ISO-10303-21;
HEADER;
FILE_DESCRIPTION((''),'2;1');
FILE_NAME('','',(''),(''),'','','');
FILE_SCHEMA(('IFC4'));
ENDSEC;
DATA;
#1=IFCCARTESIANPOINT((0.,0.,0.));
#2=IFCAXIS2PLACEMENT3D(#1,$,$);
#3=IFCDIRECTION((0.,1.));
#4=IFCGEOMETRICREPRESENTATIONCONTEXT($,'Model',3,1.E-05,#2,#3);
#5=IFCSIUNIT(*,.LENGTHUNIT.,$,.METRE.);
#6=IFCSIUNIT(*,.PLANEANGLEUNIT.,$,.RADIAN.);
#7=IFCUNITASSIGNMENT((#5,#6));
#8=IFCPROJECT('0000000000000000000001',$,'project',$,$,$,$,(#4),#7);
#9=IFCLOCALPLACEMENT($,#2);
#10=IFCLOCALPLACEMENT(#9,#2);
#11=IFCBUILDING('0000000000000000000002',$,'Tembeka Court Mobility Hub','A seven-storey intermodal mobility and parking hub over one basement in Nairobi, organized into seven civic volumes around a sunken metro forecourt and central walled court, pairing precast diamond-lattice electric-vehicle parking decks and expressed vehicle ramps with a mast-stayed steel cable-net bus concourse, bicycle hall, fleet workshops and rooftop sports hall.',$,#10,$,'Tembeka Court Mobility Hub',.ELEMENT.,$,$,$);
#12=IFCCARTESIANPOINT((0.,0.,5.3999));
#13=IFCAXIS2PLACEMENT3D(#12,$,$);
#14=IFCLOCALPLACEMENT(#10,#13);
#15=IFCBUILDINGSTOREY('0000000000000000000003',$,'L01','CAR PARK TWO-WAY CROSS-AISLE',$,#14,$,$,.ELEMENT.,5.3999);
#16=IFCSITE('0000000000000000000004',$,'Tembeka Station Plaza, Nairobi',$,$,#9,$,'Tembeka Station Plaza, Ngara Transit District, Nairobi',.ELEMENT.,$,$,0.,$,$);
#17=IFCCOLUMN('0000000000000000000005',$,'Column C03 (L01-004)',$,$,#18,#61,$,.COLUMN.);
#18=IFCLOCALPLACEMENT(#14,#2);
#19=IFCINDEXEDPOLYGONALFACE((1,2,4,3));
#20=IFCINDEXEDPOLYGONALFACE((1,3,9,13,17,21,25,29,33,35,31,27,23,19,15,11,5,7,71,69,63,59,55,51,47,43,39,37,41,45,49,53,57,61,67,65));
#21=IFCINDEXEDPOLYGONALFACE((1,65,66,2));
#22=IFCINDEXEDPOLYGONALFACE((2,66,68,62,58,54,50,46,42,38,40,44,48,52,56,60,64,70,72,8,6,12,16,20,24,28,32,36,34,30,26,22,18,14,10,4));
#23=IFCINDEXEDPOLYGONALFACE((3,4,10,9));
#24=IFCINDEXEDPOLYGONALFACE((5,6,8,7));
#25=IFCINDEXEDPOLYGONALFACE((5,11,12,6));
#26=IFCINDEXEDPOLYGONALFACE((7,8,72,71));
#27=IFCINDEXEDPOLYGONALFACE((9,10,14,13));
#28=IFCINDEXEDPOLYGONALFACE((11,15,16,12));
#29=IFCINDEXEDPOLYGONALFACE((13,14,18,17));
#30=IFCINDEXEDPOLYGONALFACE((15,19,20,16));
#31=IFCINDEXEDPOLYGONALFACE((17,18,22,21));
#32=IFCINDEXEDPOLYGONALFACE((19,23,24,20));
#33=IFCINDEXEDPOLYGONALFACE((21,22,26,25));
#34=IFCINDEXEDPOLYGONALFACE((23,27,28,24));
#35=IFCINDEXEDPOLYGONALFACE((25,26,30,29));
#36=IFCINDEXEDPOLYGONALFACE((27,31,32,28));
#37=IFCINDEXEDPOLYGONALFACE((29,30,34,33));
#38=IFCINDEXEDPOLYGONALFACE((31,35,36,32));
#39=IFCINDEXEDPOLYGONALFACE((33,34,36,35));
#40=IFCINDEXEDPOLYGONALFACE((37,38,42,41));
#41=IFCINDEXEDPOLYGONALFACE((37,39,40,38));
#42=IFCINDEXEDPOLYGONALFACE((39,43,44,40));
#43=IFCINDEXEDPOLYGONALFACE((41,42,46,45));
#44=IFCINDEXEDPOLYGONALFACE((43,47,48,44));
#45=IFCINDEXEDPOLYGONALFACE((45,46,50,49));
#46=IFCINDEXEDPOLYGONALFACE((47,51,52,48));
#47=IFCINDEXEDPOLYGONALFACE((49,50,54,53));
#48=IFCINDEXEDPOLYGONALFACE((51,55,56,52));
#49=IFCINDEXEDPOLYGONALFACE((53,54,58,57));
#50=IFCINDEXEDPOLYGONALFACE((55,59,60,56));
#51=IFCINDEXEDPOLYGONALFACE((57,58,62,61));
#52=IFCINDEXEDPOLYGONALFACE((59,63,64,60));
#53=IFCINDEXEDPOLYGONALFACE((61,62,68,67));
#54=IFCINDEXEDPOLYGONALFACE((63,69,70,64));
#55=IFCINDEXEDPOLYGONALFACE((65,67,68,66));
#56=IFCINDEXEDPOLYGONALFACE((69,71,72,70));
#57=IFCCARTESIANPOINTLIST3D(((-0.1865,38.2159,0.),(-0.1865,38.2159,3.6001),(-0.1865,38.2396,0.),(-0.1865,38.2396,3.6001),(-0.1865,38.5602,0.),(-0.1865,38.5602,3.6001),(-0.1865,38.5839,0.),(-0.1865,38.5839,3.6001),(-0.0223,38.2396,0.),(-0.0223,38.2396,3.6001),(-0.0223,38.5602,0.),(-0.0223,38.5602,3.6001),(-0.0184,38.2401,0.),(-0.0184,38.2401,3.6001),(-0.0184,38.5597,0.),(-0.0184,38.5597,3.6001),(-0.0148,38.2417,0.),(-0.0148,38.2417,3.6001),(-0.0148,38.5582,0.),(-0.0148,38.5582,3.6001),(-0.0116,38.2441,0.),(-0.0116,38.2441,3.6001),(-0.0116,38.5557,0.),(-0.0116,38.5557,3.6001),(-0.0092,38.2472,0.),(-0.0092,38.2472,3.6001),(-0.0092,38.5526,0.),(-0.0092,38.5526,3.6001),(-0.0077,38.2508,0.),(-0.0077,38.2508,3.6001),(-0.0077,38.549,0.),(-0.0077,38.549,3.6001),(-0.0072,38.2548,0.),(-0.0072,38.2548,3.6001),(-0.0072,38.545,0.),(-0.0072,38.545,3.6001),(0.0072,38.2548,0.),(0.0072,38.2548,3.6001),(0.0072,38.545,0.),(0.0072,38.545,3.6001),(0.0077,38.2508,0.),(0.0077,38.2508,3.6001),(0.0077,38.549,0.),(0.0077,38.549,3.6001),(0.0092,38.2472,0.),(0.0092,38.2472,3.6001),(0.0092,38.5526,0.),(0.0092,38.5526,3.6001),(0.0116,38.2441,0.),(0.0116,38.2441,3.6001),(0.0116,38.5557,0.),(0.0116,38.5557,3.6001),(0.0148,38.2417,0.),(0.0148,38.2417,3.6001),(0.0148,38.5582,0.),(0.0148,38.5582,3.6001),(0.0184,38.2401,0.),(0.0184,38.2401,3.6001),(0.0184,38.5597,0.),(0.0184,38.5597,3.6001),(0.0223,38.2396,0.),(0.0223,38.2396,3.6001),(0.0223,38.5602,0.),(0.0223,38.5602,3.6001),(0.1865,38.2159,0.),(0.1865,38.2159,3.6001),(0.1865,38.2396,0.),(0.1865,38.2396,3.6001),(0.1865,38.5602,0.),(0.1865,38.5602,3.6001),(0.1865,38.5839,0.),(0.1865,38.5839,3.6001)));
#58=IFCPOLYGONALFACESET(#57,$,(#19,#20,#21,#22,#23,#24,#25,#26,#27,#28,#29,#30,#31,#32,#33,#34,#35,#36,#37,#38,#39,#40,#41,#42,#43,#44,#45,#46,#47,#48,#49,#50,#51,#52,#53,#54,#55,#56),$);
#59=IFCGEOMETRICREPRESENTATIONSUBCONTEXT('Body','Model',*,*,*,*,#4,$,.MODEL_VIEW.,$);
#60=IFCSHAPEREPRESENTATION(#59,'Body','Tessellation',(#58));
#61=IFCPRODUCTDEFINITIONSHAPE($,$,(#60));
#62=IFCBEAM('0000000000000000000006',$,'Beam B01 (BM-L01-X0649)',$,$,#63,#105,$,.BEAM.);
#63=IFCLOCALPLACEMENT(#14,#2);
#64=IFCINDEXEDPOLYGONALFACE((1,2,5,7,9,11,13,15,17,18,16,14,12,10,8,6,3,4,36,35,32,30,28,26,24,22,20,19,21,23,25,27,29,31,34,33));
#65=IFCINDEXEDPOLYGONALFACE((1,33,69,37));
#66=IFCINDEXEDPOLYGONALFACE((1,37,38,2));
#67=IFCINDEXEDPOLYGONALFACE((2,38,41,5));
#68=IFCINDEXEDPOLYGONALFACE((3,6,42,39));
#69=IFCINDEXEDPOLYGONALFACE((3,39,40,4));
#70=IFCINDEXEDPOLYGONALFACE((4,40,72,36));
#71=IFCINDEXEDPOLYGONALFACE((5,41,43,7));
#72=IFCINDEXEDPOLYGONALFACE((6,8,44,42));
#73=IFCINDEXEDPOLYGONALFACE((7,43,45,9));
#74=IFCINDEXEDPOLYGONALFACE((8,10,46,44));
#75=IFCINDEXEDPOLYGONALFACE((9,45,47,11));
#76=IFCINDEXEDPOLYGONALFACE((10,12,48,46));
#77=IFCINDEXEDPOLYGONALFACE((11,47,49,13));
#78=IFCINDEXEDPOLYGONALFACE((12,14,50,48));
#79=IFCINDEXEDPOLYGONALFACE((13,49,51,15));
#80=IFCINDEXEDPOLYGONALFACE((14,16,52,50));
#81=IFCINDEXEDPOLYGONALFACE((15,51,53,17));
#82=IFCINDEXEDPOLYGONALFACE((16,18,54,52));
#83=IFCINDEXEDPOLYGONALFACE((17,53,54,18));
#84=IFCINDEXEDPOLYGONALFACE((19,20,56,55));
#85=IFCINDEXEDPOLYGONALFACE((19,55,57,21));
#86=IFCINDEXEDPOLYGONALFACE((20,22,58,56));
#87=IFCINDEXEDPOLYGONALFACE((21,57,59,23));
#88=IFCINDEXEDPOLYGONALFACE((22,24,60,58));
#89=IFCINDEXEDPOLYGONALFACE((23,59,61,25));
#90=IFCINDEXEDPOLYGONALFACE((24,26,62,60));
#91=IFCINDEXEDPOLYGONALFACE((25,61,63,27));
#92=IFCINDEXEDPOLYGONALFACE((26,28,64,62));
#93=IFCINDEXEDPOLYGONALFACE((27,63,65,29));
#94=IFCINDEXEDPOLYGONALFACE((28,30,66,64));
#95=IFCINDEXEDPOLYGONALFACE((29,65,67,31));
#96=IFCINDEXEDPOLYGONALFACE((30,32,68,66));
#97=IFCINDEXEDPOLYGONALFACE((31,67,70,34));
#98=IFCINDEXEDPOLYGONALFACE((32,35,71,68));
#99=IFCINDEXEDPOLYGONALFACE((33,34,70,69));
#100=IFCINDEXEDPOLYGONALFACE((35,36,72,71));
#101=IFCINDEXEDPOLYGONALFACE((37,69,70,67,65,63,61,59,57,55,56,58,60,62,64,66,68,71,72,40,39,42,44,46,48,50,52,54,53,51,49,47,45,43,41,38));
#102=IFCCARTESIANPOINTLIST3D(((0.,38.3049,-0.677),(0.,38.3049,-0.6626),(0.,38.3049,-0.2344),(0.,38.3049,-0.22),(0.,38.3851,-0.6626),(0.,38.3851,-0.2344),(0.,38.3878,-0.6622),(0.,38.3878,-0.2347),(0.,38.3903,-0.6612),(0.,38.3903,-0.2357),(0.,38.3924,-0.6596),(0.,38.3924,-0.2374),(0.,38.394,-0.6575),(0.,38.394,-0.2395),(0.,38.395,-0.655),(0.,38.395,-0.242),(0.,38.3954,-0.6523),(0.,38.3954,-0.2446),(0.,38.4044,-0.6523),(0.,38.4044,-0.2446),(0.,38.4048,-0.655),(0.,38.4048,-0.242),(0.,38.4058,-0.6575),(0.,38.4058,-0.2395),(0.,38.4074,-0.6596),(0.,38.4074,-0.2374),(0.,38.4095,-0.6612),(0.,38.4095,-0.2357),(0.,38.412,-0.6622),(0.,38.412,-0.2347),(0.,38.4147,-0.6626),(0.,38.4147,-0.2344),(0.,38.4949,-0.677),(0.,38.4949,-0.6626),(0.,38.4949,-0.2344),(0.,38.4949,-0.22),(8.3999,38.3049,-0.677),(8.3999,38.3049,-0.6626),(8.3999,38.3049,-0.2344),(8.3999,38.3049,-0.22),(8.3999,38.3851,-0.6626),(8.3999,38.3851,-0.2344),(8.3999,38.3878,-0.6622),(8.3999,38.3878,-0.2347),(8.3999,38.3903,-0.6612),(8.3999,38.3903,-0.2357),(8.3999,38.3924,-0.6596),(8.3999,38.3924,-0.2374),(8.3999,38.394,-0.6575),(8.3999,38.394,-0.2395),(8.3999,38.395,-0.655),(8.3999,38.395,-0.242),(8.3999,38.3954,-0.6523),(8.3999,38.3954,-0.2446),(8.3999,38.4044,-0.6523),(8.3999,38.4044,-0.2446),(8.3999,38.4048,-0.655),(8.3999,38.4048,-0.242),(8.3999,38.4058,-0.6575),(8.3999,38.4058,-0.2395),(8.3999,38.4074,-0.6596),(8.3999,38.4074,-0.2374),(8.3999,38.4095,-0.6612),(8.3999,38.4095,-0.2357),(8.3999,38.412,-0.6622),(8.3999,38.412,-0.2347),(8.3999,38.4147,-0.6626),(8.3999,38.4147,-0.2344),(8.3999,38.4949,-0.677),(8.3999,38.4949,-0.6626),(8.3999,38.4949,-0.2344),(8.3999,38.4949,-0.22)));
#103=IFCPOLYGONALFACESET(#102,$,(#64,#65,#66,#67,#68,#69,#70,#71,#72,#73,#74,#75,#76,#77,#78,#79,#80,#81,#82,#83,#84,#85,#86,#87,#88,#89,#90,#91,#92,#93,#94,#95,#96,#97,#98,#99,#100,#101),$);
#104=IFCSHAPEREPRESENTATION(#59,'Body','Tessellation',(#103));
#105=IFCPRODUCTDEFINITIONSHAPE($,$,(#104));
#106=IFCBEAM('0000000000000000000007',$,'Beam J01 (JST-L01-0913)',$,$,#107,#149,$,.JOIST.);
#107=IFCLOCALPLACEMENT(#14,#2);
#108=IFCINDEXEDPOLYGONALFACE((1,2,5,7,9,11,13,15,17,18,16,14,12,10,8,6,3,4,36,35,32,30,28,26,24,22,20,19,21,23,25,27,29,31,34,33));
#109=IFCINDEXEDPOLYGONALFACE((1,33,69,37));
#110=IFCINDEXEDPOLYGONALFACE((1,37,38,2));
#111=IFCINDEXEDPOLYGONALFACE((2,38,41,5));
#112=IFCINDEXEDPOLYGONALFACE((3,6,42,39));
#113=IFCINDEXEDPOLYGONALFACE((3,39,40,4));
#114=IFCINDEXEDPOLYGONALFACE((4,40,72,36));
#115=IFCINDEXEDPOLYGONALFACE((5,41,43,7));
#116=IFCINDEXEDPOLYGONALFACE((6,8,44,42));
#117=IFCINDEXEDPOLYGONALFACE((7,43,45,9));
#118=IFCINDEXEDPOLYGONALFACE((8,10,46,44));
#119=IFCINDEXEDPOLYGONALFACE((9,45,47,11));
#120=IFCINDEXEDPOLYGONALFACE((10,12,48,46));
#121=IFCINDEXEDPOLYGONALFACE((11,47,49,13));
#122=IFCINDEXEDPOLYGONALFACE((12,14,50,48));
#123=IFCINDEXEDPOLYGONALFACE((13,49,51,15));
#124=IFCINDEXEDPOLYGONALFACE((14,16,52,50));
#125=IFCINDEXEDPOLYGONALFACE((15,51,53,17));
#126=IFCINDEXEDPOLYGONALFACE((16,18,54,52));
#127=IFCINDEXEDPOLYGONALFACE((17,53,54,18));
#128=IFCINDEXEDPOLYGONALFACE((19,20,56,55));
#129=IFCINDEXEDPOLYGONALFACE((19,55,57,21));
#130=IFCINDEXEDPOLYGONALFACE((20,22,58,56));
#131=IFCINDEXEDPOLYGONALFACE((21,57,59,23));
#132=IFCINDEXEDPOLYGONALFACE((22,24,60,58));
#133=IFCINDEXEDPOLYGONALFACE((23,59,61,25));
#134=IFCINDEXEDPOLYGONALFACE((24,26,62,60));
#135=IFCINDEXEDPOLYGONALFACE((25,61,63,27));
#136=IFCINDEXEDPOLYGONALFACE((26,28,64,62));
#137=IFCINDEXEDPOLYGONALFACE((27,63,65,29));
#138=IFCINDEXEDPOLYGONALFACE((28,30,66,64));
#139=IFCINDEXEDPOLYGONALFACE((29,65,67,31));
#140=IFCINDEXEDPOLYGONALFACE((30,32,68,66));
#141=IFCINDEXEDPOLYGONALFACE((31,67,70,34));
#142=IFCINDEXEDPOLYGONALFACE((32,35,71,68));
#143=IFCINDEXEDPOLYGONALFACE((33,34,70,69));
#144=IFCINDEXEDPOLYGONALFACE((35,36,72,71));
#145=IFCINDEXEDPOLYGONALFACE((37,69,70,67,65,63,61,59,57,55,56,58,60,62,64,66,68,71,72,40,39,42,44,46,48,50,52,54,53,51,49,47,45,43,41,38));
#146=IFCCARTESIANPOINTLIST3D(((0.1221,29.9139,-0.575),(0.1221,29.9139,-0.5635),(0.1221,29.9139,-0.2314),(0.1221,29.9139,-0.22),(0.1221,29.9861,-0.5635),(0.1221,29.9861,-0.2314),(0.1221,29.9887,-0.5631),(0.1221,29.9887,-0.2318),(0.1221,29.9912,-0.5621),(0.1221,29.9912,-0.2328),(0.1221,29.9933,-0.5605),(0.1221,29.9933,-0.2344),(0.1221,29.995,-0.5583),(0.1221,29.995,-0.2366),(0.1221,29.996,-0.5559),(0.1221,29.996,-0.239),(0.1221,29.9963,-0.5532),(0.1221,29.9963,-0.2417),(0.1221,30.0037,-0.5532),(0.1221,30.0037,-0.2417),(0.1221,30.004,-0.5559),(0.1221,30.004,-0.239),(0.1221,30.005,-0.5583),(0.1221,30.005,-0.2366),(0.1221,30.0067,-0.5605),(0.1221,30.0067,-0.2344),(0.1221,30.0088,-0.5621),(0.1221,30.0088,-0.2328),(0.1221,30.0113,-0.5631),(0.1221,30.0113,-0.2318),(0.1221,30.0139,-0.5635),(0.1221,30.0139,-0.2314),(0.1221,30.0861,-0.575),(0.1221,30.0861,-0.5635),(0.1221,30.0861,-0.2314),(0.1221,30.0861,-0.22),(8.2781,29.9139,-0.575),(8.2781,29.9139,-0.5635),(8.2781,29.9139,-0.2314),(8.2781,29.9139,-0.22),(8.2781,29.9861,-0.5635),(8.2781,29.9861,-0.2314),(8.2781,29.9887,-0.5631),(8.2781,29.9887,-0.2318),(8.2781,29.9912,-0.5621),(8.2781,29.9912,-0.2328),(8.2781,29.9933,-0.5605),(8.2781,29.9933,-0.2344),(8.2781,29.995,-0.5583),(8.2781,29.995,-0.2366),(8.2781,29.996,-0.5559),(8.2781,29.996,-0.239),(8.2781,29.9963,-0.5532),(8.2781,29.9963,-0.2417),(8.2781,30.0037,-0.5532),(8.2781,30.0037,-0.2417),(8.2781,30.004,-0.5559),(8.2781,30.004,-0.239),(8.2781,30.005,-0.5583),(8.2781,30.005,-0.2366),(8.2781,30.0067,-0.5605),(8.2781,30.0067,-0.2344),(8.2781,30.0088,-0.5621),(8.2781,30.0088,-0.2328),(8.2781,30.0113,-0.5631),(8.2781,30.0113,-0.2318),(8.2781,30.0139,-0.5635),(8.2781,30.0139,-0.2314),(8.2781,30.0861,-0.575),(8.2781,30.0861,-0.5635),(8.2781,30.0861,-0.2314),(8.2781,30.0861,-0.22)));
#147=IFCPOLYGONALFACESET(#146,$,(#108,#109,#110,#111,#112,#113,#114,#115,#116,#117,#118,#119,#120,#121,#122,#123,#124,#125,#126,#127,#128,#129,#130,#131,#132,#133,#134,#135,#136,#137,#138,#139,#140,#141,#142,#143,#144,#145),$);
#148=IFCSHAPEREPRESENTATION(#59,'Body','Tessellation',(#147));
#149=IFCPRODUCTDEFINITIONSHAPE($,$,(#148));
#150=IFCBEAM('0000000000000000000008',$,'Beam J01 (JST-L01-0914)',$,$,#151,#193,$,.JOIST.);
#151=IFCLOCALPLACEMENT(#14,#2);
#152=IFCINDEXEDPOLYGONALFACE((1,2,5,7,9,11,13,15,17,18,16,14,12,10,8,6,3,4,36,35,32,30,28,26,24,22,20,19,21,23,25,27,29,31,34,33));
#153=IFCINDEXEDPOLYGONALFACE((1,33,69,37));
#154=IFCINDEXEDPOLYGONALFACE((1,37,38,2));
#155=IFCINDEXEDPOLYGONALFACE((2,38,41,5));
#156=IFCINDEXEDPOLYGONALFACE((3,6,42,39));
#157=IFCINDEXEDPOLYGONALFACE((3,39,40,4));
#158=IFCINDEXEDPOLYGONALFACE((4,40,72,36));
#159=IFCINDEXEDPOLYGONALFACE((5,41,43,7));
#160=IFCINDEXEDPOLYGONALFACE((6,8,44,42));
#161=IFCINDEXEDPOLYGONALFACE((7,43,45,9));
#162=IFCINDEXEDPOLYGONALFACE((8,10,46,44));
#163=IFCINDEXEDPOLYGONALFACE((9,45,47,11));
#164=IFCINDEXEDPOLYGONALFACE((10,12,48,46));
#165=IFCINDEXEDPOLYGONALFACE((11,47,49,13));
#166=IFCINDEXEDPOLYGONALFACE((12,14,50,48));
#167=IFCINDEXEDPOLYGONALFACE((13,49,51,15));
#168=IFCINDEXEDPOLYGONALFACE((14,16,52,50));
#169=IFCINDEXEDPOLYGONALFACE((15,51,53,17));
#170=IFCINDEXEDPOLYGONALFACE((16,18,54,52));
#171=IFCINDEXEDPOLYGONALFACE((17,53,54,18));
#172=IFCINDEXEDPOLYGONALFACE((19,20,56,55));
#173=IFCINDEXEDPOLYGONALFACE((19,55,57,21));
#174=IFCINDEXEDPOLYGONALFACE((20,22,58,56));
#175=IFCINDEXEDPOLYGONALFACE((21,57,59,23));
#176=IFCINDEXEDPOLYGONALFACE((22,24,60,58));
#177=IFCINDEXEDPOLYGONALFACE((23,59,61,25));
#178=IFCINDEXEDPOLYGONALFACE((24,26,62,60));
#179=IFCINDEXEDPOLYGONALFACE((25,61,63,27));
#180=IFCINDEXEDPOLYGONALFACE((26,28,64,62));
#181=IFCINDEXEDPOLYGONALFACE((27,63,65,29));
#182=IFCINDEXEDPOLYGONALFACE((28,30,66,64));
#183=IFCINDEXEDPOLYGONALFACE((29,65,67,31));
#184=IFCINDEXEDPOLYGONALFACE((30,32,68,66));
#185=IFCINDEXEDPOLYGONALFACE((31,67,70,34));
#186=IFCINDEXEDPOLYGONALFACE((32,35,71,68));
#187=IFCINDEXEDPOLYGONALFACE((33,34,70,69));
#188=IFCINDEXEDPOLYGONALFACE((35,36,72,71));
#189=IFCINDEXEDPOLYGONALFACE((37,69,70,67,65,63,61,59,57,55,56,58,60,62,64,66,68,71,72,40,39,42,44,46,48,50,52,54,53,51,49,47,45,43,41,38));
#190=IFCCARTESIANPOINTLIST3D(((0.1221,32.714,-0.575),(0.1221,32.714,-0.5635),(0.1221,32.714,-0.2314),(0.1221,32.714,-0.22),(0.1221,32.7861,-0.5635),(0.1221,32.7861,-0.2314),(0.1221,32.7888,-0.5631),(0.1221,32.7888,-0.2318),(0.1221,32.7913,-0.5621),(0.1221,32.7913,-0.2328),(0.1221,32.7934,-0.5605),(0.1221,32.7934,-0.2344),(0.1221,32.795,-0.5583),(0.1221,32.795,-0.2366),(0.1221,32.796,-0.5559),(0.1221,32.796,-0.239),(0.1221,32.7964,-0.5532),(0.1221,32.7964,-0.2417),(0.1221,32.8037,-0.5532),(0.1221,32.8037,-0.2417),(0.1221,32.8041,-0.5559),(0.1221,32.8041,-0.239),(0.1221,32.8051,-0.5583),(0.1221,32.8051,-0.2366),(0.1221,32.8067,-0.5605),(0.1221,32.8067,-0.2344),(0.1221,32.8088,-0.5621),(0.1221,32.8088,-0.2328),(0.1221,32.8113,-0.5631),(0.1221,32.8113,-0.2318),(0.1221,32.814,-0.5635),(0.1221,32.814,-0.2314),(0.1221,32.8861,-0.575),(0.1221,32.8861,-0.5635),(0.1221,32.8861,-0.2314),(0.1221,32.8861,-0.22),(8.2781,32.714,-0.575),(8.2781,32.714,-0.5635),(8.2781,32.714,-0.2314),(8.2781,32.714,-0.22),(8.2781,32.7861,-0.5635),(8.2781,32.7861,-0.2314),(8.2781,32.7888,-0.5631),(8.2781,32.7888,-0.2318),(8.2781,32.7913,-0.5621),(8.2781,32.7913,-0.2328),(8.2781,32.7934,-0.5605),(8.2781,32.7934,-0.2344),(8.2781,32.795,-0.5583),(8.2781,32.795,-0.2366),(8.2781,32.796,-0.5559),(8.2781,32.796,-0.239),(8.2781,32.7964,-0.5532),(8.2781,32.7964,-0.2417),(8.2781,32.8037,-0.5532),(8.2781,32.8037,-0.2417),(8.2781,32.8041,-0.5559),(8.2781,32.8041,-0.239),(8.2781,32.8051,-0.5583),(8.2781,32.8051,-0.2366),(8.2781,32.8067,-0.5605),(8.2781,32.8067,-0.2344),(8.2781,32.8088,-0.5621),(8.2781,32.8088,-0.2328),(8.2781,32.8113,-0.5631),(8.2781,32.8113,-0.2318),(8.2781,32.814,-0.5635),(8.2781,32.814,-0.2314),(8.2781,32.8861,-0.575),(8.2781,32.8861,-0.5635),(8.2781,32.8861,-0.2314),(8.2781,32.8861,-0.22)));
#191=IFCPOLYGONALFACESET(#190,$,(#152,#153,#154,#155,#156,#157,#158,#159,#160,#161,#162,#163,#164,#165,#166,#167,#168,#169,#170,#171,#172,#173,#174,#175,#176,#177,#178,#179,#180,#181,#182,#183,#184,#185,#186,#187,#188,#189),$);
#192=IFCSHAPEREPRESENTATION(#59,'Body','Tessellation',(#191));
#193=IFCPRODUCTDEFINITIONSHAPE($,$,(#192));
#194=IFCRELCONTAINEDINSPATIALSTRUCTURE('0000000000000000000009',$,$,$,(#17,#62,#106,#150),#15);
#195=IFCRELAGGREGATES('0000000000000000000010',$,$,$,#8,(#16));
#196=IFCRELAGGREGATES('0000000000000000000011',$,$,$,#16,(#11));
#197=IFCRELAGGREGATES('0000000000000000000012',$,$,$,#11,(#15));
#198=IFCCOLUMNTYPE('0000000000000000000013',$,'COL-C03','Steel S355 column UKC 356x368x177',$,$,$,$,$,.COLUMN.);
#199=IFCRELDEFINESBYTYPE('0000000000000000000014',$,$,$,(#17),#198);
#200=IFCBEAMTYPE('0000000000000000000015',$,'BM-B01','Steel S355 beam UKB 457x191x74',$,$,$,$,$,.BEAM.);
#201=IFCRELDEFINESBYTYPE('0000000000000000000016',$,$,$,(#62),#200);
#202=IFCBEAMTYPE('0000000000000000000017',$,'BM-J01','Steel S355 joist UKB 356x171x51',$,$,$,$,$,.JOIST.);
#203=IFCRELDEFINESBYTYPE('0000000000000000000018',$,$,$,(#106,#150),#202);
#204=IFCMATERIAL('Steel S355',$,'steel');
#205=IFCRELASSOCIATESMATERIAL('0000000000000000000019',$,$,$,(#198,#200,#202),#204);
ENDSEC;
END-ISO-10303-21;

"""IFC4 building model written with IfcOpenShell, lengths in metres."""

from ifc_helpers import new_model, si_unit, direction, frame, origin, origin_2d, place, context, subcontext, project, spatial, i_section, extrude, material, material_profile, profile_set, type_object, element, save


model = new_model("IFC4")

# Units and contexts
model_context = context("Model", 3, precision=1e-05, world=origin(), true_north=direction((0.0, 1.0)))
body_context = subcontext(model_context, "Body", "Model", "MODEL_VIEW")
ifc_project = project(units=[si_unit("LENGTHUNIT", "METRE"), si_unit("PLANEANGLEUNIT", "RADIAN")], contexts=[model_context])

# Site, building, storey
site_placement = place(None, origin())
site = spatial("IfcSite", under=ifc_project, at=site_placement, Name="Tembeka Station Plaza, Nairobi", LongName="Tembeka Station Plaza, Ngara Transit District, Nairobi", CompositionType="ELEMENT", RefElevation=0.0)
building_placement = place(site_placement, origin())
building = spatial("IfcBuilding", under=site, at=building_placement, Name="Tembeka Court Mobility Hub", Description="A seven-storey intermodal mobility and parking hub over one basement in Nairobi, organized into seven civic volumes around a sunken metro forecourt and central walled court, pairing precast diamond-lattice electric-vehicle parking decks and expressed vehicle ramps with a mast-stayed steel cable-net bus concourse, bicycle hall, fleet workshops and rooftop sports hall.", LongName="Tembeka Court Mobility Hub", CompositionType="ELEMENT")
storey_placement = place(building_placement, frame((0.0, 0.0, 5.3999)))
storey = spatial("IfcBuildingStorey", under=building, at=storey_placement, Name="L01", Description="CAR PARK TWO-WAY CROSS-AISLE", CompositionType="ELEMENT", Elevation=5.3999)

# Column
ifc_material_1 = material(Name="Steel S355", Category="steel")
ifc_material_profile_1 = material_profile(ifc_material_1, i_section(OverallWidth=0.373, OverallDepth=0.3679, WebThickness=0.0144, FlangeThickness=0.0237, FilletRadius=0.0151, at=origin_2d()), Name="UKC 356x368x177")
ifc_profile_set_1 = profile_set([ifc_material_profile_1], Name="Steel S355")
column_type = type_object("IfcColumnType", Name="COL-C03", Description="Steel S355 column UKC 356x368x177", PredefinedType="COLUMN", material=ifc_profile_set_1)
column_placement = place(storey_placement, frame((0.0, 38.3999, 0.0), z_axis=(0.0, 0.0, 1.0), x_axis=(1.0, 0.0, 0.0)))
element("IfcColumn", 1, at=column_placement, inside=storey, type_object=column_type, Name="Column C03 (L01-004)", PredefinedType="COLUMN", context=body_context, shape_type="SweptSolid", body=[
    extrude(i_section(OverallWidth=0.373, OverallDepth=0.3679, WebThickness=0.0144, FlangeThickness=0.0237, FilletRadius=0.0151, at=origin_2d()), origin(), (0.0, 0.0, 1.0), 3.6001),
])

# Beams
ifc_material_profile_2 = material_profile(ifc_material_1, i_section(OverallWidth=0.1899, OverallDepth=0.457, WebThickness=0.009, FlangeThickness=0.0144, FilletRadius=0.0103, at=origin_2d()), Name="UKB 457x191x74")
ifc_profile_set_2 = profile_set([ifc_material_profile_2], Name="Steel S355")
beam_type_1 = type_object("IfcBeamType", Name="BM-B01", Description="Steel S355 beam UKB 457x191x74", PredefinedType="BEAM", material=ifc_profile_set_2)
beam_1_placement = place(storey_placement, frame((0.0, 38.3999, -0.4485), z_axis=(1.0, 0.0, 0.0), x_axis=(0.0, 1.0, 0.0)))
element("IfcBeam", 2, at=beam_1_placement, inside=storey, type_object=beam_type_1, Name="Beam B01 (BM-L01-X0649)", PredefinedType="BEAM", context=body_context, shape_type="SweptSolid", body=[
    extrude(i_section(OverallWidth=0.1899, OverallDepth=0.457, WebThickness=0.009, FlangeThickness=0.0144, FilletRadius=0.0103, at=origin_2d()), origin(), (0.0, 0.0, 1.0), 8.3999),
])
ifc_material_profile_3 = material_profile(ifc_material_1, i_section(OverallWidth=0.1721, OverallDepth=0.355, WebThickness=0.0073, FlangeThickness=0.0115, FilletRadius=0.0103, at=origin_2d()), Name="UKB 356x171x51")
ifc_profile_set_3 = profile_set([ifc_material_profile_3], Name="Steel S355")
beam_type_2 = type_object("IfcBeamType", Name="BM-J01", Description="Steel S355 joist UKB 356x171x51", PredefinedType="JOIST", material=ifc_profile_set_3)
for number, where, z_axis, x_axis, name in (
    (3, (0.1221, 30.0, -0.3975), (1.0, 0.0, 0.0), (0.0, 1.0, 0.0), "Beam J01 (JST-L01-0913)"),
    (4, (0.1221, 32.8, -0.3975), (1.0, 0.0, 0.0), (0.0, 1.0, 0.0), "Beam J01 (JST-L01-0914)"),
):
    element("IfcBeam", number, at=place(storey_placement, frame(where, z_axis=z_axis, x_axis=x_axis)), inside=storey, type_object=beam_type_2, Name=name, PredefinedType="JOIST", context=body_context, shape_type="SweptSolid", body=[
        extrude(i_section(OverallWidth=0.1721, OverallDepth=0.355, WebThickness=0.0073, FlangeThickness=0.0115, FilletRadius=0.0103, at=origin_2d()), origin(), (0.0, 0.0, 1.0), 8.156),
    ])

save(model, "model.ifc")
